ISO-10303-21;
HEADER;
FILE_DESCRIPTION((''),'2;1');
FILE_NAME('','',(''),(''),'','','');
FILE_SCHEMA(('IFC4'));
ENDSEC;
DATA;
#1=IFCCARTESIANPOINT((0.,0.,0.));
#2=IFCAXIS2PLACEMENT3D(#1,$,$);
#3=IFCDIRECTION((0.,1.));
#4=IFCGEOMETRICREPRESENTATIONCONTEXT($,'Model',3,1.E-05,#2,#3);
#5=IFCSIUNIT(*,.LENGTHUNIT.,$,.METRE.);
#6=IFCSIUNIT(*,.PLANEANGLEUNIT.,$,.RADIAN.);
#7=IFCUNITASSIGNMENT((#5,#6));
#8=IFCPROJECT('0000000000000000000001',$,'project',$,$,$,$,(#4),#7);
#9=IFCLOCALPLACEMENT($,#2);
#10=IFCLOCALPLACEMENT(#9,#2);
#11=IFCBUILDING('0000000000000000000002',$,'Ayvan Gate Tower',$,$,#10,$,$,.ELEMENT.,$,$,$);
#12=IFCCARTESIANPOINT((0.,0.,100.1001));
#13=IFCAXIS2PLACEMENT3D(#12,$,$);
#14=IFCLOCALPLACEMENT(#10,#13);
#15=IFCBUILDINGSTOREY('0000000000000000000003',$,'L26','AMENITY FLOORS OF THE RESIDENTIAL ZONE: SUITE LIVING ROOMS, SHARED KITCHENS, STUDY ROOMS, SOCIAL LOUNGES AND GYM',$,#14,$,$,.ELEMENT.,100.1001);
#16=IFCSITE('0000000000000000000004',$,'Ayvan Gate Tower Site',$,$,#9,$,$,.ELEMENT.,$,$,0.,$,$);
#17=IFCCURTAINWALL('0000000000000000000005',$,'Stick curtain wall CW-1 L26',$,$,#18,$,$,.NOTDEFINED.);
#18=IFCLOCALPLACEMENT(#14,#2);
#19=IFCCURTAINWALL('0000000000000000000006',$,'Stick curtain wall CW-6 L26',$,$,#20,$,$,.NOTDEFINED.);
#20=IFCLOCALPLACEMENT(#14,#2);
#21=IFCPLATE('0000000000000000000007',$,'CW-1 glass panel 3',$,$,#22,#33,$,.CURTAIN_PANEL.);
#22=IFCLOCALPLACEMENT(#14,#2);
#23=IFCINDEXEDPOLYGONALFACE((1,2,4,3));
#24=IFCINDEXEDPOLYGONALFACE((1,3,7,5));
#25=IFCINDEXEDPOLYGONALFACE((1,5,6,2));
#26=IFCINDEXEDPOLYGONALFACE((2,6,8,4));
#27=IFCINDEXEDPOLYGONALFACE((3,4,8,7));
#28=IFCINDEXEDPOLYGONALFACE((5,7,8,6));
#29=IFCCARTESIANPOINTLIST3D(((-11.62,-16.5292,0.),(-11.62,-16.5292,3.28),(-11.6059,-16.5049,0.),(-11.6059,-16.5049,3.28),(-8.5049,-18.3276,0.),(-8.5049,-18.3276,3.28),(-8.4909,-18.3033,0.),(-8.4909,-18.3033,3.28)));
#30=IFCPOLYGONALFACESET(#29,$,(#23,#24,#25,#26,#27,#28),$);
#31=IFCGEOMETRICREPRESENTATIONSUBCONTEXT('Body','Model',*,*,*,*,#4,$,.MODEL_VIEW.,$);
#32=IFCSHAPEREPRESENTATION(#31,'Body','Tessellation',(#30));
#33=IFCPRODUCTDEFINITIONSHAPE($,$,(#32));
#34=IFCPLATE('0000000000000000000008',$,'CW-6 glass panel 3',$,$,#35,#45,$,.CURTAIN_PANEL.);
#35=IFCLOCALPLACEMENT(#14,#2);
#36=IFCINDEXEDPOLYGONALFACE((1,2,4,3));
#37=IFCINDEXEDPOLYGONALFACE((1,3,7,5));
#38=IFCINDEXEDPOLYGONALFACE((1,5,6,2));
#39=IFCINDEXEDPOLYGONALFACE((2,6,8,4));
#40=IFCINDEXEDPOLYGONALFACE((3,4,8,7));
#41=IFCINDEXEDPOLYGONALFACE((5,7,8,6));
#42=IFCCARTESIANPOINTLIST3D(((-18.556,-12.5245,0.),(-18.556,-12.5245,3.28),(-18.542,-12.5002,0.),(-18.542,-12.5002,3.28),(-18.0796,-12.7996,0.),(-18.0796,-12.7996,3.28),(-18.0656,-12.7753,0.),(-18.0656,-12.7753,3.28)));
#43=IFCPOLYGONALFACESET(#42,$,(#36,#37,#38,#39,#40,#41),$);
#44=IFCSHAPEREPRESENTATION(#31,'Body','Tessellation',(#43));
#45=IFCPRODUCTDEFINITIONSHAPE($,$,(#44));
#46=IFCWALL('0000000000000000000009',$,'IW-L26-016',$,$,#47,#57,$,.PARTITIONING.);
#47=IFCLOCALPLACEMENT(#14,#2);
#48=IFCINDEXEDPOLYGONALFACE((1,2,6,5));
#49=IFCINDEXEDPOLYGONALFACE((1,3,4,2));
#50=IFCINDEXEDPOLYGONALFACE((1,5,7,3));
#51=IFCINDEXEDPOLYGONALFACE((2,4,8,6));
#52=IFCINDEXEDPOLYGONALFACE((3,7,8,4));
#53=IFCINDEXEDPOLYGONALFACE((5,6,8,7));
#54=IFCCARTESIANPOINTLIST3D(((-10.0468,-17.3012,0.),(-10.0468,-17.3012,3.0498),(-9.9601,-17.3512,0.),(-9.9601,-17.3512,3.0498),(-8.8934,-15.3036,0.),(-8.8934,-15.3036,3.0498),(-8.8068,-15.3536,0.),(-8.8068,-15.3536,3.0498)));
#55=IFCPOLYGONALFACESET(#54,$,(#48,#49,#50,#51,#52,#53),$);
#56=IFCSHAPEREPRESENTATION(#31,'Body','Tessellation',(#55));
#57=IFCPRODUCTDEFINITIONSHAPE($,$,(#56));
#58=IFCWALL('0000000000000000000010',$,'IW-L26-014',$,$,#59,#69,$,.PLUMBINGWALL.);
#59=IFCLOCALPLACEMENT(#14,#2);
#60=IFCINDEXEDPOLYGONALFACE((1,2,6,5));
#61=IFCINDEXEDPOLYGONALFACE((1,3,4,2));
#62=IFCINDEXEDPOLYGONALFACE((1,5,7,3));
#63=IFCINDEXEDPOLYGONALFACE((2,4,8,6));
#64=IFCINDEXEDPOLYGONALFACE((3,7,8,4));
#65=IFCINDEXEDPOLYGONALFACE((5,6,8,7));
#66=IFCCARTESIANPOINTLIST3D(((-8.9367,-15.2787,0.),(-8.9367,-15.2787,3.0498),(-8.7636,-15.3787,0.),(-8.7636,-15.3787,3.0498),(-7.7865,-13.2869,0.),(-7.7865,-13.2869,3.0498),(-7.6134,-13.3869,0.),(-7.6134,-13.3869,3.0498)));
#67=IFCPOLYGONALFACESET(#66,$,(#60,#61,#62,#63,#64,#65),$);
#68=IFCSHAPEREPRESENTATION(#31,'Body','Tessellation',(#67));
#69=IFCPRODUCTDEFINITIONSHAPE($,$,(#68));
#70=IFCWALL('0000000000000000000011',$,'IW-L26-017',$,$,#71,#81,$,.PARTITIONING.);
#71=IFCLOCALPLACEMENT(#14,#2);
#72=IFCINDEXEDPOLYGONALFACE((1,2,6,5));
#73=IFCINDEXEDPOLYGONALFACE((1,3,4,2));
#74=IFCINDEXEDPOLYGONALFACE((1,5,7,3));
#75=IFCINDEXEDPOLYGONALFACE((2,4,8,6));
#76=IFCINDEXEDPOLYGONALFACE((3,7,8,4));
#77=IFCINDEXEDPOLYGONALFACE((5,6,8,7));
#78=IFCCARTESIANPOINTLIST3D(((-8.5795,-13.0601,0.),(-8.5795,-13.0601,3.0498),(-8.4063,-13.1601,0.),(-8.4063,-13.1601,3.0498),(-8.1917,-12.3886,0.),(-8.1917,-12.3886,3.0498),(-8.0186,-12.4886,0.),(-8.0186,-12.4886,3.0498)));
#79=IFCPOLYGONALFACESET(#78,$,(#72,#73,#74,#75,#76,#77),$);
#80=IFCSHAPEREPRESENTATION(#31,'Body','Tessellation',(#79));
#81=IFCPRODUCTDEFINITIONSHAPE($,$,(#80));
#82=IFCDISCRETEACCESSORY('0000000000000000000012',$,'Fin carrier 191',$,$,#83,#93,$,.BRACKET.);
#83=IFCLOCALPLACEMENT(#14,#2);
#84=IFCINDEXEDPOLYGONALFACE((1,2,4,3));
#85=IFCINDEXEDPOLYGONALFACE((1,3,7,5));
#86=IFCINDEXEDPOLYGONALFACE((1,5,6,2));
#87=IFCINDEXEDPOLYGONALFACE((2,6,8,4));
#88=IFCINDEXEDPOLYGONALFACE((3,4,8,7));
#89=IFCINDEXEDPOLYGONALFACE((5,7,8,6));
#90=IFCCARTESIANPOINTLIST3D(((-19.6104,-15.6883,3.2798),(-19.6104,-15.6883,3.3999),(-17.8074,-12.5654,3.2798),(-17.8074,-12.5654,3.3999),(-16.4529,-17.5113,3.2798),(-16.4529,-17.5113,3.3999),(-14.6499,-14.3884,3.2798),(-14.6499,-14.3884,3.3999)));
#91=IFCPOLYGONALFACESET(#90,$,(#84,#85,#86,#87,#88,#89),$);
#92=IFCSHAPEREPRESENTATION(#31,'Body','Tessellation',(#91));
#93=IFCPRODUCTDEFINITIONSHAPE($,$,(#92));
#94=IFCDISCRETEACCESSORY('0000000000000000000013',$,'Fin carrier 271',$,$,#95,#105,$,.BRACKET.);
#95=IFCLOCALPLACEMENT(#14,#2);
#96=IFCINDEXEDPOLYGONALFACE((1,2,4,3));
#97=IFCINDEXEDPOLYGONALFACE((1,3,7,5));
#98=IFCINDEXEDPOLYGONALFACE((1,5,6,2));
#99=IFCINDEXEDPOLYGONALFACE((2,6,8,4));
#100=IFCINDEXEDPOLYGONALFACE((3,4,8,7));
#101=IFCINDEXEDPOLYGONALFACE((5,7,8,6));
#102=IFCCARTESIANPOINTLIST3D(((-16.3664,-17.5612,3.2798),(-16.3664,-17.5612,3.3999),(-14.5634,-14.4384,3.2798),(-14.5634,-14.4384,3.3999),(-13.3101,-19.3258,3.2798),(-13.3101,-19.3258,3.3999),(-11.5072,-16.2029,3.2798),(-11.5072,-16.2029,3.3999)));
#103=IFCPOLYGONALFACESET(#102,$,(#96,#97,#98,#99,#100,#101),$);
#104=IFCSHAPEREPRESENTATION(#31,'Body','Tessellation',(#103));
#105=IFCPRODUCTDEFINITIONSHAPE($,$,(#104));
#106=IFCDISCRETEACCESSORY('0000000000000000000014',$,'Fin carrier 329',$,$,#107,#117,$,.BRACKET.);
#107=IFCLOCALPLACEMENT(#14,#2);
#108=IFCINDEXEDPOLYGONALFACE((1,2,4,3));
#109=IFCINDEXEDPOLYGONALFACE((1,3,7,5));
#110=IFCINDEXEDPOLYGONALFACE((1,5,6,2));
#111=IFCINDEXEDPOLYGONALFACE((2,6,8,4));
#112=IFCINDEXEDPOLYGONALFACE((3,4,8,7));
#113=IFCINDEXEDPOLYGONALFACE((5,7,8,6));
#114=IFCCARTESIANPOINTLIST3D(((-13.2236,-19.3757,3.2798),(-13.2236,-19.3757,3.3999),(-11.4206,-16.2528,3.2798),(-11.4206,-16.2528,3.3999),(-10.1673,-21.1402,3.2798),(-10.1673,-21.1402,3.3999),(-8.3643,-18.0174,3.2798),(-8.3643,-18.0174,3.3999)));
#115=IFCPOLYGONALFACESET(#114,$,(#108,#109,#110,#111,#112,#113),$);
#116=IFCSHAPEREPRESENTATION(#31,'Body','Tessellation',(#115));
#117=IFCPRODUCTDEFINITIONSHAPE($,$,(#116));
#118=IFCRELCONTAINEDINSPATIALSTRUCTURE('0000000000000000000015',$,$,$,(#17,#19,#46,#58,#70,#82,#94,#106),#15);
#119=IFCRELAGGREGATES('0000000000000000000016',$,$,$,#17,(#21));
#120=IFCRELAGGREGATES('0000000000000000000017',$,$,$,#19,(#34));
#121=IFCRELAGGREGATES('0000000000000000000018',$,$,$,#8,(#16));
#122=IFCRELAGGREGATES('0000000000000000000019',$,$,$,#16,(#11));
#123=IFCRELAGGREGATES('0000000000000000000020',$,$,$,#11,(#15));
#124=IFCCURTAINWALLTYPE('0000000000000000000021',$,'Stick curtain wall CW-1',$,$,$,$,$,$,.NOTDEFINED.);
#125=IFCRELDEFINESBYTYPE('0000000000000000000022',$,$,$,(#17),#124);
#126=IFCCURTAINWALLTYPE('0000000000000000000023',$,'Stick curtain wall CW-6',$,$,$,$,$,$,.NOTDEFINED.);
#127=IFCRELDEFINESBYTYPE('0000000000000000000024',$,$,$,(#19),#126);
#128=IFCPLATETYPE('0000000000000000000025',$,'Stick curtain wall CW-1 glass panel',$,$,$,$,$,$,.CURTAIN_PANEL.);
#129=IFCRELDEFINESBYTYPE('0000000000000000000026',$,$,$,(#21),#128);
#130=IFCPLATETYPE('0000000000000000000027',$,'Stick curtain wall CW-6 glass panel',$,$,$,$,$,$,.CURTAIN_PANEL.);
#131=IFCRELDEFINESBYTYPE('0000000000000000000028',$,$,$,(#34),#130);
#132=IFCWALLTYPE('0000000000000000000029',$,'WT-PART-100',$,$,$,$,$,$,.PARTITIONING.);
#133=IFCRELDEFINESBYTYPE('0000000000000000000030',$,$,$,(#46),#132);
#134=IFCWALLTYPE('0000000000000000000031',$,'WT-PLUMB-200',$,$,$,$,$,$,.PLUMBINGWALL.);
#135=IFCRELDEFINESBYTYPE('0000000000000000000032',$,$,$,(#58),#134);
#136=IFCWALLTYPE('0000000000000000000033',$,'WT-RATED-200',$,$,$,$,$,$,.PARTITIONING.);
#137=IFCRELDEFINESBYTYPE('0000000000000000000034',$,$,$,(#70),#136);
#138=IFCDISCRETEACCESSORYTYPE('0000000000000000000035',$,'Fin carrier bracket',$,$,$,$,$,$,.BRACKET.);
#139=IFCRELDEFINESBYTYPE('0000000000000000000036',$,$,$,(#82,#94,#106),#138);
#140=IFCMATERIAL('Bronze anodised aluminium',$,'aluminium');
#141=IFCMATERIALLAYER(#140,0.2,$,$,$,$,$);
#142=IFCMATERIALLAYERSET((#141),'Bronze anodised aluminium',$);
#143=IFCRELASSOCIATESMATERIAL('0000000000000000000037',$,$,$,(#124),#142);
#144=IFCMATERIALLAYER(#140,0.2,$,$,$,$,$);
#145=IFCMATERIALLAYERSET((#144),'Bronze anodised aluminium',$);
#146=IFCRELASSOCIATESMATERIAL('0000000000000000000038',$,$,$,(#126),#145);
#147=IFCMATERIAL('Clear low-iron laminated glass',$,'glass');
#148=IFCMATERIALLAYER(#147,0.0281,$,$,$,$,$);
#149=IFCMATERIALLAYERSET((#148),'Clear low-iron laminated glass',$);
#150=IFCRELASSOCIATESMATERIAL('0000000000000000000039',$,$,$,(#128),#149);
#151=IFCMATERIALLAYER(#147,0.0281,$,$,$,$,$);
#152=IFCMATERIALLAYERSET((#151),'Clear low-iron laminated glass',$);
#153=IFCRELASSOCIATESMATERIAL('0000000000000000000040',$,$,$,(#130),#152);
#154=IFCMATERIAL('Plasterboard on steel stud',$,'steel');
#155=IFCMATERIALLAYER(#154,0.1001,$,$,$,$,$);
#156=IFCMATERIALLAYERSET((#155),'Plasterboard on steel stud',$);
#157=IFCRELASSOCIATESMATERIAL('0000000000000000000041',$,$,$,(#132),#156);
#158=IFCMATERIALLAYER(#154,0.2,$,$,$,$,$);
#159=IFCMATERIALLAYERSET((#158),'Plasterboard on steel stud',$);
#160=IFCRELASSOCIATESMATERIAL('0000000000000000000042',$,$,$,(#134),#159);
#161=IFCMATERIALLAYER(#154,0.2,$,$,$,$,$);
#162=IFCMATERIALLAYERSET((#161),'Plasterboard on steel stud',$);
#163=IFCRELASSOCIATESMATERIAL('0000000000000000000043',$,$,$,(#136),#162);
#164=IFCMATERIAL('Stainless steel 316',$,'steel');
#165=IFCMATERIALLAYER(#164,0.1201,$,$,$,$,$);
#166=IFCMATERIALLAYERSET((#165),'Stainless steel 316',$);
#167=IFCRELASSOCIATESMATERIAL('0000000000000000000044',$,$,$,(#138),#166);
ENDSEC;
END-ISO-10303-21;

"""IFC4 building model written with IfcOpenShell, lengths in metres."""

from ifc_helpers import new_model, si_unit, direction, frame, frame_2d, origin, origin_2d, place, context, subcontext, project, spatial, rectangle, extrude, material, layer, layer_set, type_object, element, aggregate, save


model = new_model("IFC4")

# Units and contexts
model_context = context("Model", 3, precision=1e-05, world=origin(), true_north=direction((0.0, 1.0)))
body_context = subcontext(model_context, "Body", "Model", "MODEL_VIEW")
ifc_project = project(units=[si_unit("LENGTHUNIT", "METRE"), si_unit("PLANEANGLEUNIT", "RADIAN")], contexts=[model_context])

# Site, building, storey
site_placement = place(None, origin())
site = spatial("IfcSite", under=ifc_project, at=site_placement, Name="Ayvan Gate Tower Site", CompositionType="ELEMENT", RefElevation=0.0)
building_placement = place(site_placement, origin())
building = spatial("IfcBuilding", under=site, at=building_placement, Name="Ayvan Gate Tower", CompositionType="ELEMENT")
storey_placement = place(building_placement, frame((0.0, 0.0, 100.1001)))
storey = spatial("IfcBuildingStorey", under=building, at=storey_placement, Name="L26", Description="AMENITY FLOORS OF THE RESIDENTIAL ZONE: SUITE LIVING ROOMS, SHARED KITCHENS, STUDY ROOMS, SOCIAL LOUNGES AND GYM", CompositionType="ELEMENT", Elevation=100.1001)

# Curtain walls
ifc_material_1 = material(Name="Bronze anodised aluminium", Category="aluminium")
ifc_layer_1 = layer(ifc_material_1, 0.2)
ifc_layer_set_1 = layer_set([ifc_layer_1], Name="Bronze anodised aluminium")
curtain_wall_type_1 = type_object("IfcCurtainWallType", Name="Stick curtain wall CW-1", PredefinedType="NOTDEFINED", material=ifc_layer_set_1)
curtain_wall_1_placement = place(storey_placement, origin())
curtain_wall_1 = element("IfcCurtainWall", 1, at=curtain_wall_1_placement, inside=storey, type_object=curtain_wall_type_1, Name="Stick curtain wall CW-1 L26", PredefinedType="NOTDEFINED")
ifc_layer_2 = layer(ifc_material_1, 0.2)
ifc_layer_set_2 = layer_set([ifc_layer_2], Name="Bronze anodised aluminium")
curtain_wall_type_2 = type_object("IfcCurtainWallType", Name="Stick curtain wall CW-6", PredefinedType="NOTDEFINED", material=ifc_layer_set_2)
curtain_wall_2_placement = place(storey_placement, origin())
curtain_wall_2 = element("IfcCurtainWall", 2, at=curtain_wall_2_placement, inside=storey, type_object=curtain_wall_type_2, Name="Stick curtain wall CW-6 L26", PredefinedType="NOTDEFINED")

# Plates
ifc_material_2 = material(Name="Clear low-iron laminated glass", Category="glass")
ifc_layer_3 = layer(ifc_material_2, 0.0281)
ifc_layer_set_3 = layer_set([ifc_layer_3], Name="Clear low-iron laminated glass")
plate_type_1 = type_object("IfcPlateType", Name="Stick curtain wall CW-1 glass panel", PredefinedType="CURTAIN_PANEL", material=ifc_layer_set_3)
plate_1_placement = place(storey_placement, frame((-10.0554, -17.4163, 0.0), z_axis=(0.0, 0.0, 1.0), x_axis=(0.866025, -0.5, 0.0)))
plate_1 = element("IfcPlate", 3, at=plate_1_placement, type_object=plate_type_1, Name="CW-1 glass panel 3", PredefinedType="CURTAIN_PANEL", context=body_context, shape_type="SweptSolid", body=[
    extrude(rectangle(XDim=3.5969, YDim=0.0281, at=origin_2d()), origin(), (0.0, 0.0, 1.0), 3.28),
])
aggregate(curtain_wall_1, [plate_1])
ifc_layer_4 = layer(ifc_material_2, 0.0281)
ifc_layer_set_4 = layer_set([ifc_layer_4], Name="Clear low-iron laminated glass")
plate_type_2 = type_object("IfcPlateType", Name="Stick curtain wall CW-6 glass panel", PredefinedType="CURTAIN_PANEL", material=ifc_layer_set_4)
plate_2_placement = place(storey_placement, frame((-18.3108, -12.6499, 0.0), z_axis=(0.0, 0.0, 1.0), x_axis=(0.866025, -0.5, 0.0)))
plate_2 = element("IfcPlate", 4, at=plate_2_placement, type_object=plate_type_2, Name="CW-6 glass panel 3", PredefinedType="CURTAIN_PANEL", context=body_context, shape_type="SweptSolid", body=[
    extrude(rectangle(XDim=0.55, YDim=0.0281, at=origin_2d()), origin(), (0.0, 0.0, 1.0), 3.28),
])
aggregate(curtain_wall_2, [plate_2])

# Walls
ifc_material_3 = material(Name="Plasterboard on steel stud", Category="steel")
ifc_layer_5 = layer(ifc_material_3, 0.1001)
ifc_layer_set_5 = layer_set([ifc_layer_5], Name="Plasterboard on steel stud")
wall_type_1 = type_object("IfcWallType", Name="WT-PART-100", PredefinedType="PARTITIONING", material=ifc_layer_set_5)
wall_1_placement = place(storey_placement, frame((-8.8501, -15.3286, 0.0), z_axis=(0.0, 0.0, 1.0), x_axis=(-0.50001, -0.86602, 0.0)))
element("IfcWall", 5, at=wall_1_placement, inside=storey, type_object=wall_type_1, Name="IW-L26-016", PredefinedType="PARTITIONING", context=body_context, shape_type="SweptSolid", body=[
    extrude(rectangle(XDim=2.3066, YDim=0.1001, at=frame_2d((1.1533, 0.0))), origin(), (0.0, 0.0, 1.0), 3.0498),
])
ifc_layer_6 = layer(ifc_material_3, 0.2)
ifc_layer_set_6 = layer_set([ifc_layer_6], Name="Plasterboard on steel stud")
wall_type_2 = type_object("IfcWallType", Name="WT-PLUMB-200", PredefinedType="PLUMBINGWALL", material=ifc_layer_set_6)
wall_2_placement = place(storey_placement, frame((-8.8501, -15.3286, 0.0), z_axis=(0.0, 0.0, 1.0), x_axis=(0.500078, 0.865981, 0.0)))
element("IfcWall", 6, at=wall_2_placement, inside=storey, type_object=wall_type_2, Name="IW-L26-014", PredefinedType="PLUMBINGWALL", context=body_context, shape_type="SweptSolid", body=[
    extrude(rectangle(XDim=2.3, YDim=0.2, at=frame_2d((1.1499, 0.0))), origin(), (0.0, 0.0, 1.0), 3.0498),
])
ifc_layer_7 = layer(ifc_material_3, 0.2)
ifc_layer_set_7 = layer_set([ifc_layer_7], Name="Plasterboard on steel stud")
wall_type_3 = type_object("IfcWallType", Name="WT-RATED-200", PredefinedType="PARTITIONING", material=ifc_layer_set_7)
wall_3_placement = place(storey_placement, frame((-8.4929, -13.1101, 0.0), z_axis=(0.0, 0.0, 1.0), x_axis=(0.500068, 0.865986, 0.0)))
element("IfcWall", 7, at=wall_3_placement, inside=storey, type_object=wall_type_3, Name="IW-L26-017", PredefinedType="PARTITIONING", context=body_context, shape_type="SweptSolid", body=[
    extrude(rectangle(XDim=0.7754, YDim=0.2, at=frame_2d((0.3877, 0.0))), origin(), (0.0, 0.0, 1.0), 3.0498),
])

# Discrete accessories
ifc_material_4 = material(Name="Stainless steel 316", Category="steel")
ifc_layer_8 = layer(ifc_material_4, 0.1201)
ifc_layer_set_8 = layer_set([ifc_layer_8], Name="Stainless steel 316")
discrete_accessory_type = type_object("IfcDiscreteAccessoryType", Name="Fin carrier bracket", PredefinedType="BRACKET", material=ifc_layer_set_8)
discrete_accessory_placement = place(storey_placement, frame((-17.1301, -15.0383, 3.2798), z_axis=(0.0, 0.0, 1.0), x_axis=(0.866025, -0.5, 0.0)))
element("IfcDiscreteAccessory", 8, at=discrete_accessory_placement, inside=storey, type_object=discrete_accessory_type, Name="Fin carrier 191", PredefinedType="BRACKET", context=body_context, shape_type="SweptSolid", body=[
    extrude(rectangle(XDim=3.646, YDim=3.606, at=origin_2d()), origin(), (0.0, 0.0, 1.0), 0.1201),
])
for number, where, z_axis, x_axis, name in (
    (9, (-13.9368, -16.8821, 3.2798), (0.0, 0.0, 1.0), (0.866025, -0.5, 0.0), "Fin carrier 271"),
    (10, (-10.7939, -18.6965, 3.2798), (0.0, 0.0, 1.0), (0.866025, -0.5, 0.0), "Fin carrier 329"),
):
    element("IfcDiscreteAccessory", number, at=place(storey_placement, frame(where, z_axis=z_axis, x_axis=x_axis)), inside=storey, type_object=discrete_accessory_type, Name=name, PredefinedType="BRACKET", context=body_context, shape_type="SweptSolid", body=[
        extrude(rectangle(XDim=3.5291, YDim=3.606, at=origin_2d()), origin(), (0.0, 0.0, 1.0), 0.1201),
    ])

save(model, "model.ifc")
